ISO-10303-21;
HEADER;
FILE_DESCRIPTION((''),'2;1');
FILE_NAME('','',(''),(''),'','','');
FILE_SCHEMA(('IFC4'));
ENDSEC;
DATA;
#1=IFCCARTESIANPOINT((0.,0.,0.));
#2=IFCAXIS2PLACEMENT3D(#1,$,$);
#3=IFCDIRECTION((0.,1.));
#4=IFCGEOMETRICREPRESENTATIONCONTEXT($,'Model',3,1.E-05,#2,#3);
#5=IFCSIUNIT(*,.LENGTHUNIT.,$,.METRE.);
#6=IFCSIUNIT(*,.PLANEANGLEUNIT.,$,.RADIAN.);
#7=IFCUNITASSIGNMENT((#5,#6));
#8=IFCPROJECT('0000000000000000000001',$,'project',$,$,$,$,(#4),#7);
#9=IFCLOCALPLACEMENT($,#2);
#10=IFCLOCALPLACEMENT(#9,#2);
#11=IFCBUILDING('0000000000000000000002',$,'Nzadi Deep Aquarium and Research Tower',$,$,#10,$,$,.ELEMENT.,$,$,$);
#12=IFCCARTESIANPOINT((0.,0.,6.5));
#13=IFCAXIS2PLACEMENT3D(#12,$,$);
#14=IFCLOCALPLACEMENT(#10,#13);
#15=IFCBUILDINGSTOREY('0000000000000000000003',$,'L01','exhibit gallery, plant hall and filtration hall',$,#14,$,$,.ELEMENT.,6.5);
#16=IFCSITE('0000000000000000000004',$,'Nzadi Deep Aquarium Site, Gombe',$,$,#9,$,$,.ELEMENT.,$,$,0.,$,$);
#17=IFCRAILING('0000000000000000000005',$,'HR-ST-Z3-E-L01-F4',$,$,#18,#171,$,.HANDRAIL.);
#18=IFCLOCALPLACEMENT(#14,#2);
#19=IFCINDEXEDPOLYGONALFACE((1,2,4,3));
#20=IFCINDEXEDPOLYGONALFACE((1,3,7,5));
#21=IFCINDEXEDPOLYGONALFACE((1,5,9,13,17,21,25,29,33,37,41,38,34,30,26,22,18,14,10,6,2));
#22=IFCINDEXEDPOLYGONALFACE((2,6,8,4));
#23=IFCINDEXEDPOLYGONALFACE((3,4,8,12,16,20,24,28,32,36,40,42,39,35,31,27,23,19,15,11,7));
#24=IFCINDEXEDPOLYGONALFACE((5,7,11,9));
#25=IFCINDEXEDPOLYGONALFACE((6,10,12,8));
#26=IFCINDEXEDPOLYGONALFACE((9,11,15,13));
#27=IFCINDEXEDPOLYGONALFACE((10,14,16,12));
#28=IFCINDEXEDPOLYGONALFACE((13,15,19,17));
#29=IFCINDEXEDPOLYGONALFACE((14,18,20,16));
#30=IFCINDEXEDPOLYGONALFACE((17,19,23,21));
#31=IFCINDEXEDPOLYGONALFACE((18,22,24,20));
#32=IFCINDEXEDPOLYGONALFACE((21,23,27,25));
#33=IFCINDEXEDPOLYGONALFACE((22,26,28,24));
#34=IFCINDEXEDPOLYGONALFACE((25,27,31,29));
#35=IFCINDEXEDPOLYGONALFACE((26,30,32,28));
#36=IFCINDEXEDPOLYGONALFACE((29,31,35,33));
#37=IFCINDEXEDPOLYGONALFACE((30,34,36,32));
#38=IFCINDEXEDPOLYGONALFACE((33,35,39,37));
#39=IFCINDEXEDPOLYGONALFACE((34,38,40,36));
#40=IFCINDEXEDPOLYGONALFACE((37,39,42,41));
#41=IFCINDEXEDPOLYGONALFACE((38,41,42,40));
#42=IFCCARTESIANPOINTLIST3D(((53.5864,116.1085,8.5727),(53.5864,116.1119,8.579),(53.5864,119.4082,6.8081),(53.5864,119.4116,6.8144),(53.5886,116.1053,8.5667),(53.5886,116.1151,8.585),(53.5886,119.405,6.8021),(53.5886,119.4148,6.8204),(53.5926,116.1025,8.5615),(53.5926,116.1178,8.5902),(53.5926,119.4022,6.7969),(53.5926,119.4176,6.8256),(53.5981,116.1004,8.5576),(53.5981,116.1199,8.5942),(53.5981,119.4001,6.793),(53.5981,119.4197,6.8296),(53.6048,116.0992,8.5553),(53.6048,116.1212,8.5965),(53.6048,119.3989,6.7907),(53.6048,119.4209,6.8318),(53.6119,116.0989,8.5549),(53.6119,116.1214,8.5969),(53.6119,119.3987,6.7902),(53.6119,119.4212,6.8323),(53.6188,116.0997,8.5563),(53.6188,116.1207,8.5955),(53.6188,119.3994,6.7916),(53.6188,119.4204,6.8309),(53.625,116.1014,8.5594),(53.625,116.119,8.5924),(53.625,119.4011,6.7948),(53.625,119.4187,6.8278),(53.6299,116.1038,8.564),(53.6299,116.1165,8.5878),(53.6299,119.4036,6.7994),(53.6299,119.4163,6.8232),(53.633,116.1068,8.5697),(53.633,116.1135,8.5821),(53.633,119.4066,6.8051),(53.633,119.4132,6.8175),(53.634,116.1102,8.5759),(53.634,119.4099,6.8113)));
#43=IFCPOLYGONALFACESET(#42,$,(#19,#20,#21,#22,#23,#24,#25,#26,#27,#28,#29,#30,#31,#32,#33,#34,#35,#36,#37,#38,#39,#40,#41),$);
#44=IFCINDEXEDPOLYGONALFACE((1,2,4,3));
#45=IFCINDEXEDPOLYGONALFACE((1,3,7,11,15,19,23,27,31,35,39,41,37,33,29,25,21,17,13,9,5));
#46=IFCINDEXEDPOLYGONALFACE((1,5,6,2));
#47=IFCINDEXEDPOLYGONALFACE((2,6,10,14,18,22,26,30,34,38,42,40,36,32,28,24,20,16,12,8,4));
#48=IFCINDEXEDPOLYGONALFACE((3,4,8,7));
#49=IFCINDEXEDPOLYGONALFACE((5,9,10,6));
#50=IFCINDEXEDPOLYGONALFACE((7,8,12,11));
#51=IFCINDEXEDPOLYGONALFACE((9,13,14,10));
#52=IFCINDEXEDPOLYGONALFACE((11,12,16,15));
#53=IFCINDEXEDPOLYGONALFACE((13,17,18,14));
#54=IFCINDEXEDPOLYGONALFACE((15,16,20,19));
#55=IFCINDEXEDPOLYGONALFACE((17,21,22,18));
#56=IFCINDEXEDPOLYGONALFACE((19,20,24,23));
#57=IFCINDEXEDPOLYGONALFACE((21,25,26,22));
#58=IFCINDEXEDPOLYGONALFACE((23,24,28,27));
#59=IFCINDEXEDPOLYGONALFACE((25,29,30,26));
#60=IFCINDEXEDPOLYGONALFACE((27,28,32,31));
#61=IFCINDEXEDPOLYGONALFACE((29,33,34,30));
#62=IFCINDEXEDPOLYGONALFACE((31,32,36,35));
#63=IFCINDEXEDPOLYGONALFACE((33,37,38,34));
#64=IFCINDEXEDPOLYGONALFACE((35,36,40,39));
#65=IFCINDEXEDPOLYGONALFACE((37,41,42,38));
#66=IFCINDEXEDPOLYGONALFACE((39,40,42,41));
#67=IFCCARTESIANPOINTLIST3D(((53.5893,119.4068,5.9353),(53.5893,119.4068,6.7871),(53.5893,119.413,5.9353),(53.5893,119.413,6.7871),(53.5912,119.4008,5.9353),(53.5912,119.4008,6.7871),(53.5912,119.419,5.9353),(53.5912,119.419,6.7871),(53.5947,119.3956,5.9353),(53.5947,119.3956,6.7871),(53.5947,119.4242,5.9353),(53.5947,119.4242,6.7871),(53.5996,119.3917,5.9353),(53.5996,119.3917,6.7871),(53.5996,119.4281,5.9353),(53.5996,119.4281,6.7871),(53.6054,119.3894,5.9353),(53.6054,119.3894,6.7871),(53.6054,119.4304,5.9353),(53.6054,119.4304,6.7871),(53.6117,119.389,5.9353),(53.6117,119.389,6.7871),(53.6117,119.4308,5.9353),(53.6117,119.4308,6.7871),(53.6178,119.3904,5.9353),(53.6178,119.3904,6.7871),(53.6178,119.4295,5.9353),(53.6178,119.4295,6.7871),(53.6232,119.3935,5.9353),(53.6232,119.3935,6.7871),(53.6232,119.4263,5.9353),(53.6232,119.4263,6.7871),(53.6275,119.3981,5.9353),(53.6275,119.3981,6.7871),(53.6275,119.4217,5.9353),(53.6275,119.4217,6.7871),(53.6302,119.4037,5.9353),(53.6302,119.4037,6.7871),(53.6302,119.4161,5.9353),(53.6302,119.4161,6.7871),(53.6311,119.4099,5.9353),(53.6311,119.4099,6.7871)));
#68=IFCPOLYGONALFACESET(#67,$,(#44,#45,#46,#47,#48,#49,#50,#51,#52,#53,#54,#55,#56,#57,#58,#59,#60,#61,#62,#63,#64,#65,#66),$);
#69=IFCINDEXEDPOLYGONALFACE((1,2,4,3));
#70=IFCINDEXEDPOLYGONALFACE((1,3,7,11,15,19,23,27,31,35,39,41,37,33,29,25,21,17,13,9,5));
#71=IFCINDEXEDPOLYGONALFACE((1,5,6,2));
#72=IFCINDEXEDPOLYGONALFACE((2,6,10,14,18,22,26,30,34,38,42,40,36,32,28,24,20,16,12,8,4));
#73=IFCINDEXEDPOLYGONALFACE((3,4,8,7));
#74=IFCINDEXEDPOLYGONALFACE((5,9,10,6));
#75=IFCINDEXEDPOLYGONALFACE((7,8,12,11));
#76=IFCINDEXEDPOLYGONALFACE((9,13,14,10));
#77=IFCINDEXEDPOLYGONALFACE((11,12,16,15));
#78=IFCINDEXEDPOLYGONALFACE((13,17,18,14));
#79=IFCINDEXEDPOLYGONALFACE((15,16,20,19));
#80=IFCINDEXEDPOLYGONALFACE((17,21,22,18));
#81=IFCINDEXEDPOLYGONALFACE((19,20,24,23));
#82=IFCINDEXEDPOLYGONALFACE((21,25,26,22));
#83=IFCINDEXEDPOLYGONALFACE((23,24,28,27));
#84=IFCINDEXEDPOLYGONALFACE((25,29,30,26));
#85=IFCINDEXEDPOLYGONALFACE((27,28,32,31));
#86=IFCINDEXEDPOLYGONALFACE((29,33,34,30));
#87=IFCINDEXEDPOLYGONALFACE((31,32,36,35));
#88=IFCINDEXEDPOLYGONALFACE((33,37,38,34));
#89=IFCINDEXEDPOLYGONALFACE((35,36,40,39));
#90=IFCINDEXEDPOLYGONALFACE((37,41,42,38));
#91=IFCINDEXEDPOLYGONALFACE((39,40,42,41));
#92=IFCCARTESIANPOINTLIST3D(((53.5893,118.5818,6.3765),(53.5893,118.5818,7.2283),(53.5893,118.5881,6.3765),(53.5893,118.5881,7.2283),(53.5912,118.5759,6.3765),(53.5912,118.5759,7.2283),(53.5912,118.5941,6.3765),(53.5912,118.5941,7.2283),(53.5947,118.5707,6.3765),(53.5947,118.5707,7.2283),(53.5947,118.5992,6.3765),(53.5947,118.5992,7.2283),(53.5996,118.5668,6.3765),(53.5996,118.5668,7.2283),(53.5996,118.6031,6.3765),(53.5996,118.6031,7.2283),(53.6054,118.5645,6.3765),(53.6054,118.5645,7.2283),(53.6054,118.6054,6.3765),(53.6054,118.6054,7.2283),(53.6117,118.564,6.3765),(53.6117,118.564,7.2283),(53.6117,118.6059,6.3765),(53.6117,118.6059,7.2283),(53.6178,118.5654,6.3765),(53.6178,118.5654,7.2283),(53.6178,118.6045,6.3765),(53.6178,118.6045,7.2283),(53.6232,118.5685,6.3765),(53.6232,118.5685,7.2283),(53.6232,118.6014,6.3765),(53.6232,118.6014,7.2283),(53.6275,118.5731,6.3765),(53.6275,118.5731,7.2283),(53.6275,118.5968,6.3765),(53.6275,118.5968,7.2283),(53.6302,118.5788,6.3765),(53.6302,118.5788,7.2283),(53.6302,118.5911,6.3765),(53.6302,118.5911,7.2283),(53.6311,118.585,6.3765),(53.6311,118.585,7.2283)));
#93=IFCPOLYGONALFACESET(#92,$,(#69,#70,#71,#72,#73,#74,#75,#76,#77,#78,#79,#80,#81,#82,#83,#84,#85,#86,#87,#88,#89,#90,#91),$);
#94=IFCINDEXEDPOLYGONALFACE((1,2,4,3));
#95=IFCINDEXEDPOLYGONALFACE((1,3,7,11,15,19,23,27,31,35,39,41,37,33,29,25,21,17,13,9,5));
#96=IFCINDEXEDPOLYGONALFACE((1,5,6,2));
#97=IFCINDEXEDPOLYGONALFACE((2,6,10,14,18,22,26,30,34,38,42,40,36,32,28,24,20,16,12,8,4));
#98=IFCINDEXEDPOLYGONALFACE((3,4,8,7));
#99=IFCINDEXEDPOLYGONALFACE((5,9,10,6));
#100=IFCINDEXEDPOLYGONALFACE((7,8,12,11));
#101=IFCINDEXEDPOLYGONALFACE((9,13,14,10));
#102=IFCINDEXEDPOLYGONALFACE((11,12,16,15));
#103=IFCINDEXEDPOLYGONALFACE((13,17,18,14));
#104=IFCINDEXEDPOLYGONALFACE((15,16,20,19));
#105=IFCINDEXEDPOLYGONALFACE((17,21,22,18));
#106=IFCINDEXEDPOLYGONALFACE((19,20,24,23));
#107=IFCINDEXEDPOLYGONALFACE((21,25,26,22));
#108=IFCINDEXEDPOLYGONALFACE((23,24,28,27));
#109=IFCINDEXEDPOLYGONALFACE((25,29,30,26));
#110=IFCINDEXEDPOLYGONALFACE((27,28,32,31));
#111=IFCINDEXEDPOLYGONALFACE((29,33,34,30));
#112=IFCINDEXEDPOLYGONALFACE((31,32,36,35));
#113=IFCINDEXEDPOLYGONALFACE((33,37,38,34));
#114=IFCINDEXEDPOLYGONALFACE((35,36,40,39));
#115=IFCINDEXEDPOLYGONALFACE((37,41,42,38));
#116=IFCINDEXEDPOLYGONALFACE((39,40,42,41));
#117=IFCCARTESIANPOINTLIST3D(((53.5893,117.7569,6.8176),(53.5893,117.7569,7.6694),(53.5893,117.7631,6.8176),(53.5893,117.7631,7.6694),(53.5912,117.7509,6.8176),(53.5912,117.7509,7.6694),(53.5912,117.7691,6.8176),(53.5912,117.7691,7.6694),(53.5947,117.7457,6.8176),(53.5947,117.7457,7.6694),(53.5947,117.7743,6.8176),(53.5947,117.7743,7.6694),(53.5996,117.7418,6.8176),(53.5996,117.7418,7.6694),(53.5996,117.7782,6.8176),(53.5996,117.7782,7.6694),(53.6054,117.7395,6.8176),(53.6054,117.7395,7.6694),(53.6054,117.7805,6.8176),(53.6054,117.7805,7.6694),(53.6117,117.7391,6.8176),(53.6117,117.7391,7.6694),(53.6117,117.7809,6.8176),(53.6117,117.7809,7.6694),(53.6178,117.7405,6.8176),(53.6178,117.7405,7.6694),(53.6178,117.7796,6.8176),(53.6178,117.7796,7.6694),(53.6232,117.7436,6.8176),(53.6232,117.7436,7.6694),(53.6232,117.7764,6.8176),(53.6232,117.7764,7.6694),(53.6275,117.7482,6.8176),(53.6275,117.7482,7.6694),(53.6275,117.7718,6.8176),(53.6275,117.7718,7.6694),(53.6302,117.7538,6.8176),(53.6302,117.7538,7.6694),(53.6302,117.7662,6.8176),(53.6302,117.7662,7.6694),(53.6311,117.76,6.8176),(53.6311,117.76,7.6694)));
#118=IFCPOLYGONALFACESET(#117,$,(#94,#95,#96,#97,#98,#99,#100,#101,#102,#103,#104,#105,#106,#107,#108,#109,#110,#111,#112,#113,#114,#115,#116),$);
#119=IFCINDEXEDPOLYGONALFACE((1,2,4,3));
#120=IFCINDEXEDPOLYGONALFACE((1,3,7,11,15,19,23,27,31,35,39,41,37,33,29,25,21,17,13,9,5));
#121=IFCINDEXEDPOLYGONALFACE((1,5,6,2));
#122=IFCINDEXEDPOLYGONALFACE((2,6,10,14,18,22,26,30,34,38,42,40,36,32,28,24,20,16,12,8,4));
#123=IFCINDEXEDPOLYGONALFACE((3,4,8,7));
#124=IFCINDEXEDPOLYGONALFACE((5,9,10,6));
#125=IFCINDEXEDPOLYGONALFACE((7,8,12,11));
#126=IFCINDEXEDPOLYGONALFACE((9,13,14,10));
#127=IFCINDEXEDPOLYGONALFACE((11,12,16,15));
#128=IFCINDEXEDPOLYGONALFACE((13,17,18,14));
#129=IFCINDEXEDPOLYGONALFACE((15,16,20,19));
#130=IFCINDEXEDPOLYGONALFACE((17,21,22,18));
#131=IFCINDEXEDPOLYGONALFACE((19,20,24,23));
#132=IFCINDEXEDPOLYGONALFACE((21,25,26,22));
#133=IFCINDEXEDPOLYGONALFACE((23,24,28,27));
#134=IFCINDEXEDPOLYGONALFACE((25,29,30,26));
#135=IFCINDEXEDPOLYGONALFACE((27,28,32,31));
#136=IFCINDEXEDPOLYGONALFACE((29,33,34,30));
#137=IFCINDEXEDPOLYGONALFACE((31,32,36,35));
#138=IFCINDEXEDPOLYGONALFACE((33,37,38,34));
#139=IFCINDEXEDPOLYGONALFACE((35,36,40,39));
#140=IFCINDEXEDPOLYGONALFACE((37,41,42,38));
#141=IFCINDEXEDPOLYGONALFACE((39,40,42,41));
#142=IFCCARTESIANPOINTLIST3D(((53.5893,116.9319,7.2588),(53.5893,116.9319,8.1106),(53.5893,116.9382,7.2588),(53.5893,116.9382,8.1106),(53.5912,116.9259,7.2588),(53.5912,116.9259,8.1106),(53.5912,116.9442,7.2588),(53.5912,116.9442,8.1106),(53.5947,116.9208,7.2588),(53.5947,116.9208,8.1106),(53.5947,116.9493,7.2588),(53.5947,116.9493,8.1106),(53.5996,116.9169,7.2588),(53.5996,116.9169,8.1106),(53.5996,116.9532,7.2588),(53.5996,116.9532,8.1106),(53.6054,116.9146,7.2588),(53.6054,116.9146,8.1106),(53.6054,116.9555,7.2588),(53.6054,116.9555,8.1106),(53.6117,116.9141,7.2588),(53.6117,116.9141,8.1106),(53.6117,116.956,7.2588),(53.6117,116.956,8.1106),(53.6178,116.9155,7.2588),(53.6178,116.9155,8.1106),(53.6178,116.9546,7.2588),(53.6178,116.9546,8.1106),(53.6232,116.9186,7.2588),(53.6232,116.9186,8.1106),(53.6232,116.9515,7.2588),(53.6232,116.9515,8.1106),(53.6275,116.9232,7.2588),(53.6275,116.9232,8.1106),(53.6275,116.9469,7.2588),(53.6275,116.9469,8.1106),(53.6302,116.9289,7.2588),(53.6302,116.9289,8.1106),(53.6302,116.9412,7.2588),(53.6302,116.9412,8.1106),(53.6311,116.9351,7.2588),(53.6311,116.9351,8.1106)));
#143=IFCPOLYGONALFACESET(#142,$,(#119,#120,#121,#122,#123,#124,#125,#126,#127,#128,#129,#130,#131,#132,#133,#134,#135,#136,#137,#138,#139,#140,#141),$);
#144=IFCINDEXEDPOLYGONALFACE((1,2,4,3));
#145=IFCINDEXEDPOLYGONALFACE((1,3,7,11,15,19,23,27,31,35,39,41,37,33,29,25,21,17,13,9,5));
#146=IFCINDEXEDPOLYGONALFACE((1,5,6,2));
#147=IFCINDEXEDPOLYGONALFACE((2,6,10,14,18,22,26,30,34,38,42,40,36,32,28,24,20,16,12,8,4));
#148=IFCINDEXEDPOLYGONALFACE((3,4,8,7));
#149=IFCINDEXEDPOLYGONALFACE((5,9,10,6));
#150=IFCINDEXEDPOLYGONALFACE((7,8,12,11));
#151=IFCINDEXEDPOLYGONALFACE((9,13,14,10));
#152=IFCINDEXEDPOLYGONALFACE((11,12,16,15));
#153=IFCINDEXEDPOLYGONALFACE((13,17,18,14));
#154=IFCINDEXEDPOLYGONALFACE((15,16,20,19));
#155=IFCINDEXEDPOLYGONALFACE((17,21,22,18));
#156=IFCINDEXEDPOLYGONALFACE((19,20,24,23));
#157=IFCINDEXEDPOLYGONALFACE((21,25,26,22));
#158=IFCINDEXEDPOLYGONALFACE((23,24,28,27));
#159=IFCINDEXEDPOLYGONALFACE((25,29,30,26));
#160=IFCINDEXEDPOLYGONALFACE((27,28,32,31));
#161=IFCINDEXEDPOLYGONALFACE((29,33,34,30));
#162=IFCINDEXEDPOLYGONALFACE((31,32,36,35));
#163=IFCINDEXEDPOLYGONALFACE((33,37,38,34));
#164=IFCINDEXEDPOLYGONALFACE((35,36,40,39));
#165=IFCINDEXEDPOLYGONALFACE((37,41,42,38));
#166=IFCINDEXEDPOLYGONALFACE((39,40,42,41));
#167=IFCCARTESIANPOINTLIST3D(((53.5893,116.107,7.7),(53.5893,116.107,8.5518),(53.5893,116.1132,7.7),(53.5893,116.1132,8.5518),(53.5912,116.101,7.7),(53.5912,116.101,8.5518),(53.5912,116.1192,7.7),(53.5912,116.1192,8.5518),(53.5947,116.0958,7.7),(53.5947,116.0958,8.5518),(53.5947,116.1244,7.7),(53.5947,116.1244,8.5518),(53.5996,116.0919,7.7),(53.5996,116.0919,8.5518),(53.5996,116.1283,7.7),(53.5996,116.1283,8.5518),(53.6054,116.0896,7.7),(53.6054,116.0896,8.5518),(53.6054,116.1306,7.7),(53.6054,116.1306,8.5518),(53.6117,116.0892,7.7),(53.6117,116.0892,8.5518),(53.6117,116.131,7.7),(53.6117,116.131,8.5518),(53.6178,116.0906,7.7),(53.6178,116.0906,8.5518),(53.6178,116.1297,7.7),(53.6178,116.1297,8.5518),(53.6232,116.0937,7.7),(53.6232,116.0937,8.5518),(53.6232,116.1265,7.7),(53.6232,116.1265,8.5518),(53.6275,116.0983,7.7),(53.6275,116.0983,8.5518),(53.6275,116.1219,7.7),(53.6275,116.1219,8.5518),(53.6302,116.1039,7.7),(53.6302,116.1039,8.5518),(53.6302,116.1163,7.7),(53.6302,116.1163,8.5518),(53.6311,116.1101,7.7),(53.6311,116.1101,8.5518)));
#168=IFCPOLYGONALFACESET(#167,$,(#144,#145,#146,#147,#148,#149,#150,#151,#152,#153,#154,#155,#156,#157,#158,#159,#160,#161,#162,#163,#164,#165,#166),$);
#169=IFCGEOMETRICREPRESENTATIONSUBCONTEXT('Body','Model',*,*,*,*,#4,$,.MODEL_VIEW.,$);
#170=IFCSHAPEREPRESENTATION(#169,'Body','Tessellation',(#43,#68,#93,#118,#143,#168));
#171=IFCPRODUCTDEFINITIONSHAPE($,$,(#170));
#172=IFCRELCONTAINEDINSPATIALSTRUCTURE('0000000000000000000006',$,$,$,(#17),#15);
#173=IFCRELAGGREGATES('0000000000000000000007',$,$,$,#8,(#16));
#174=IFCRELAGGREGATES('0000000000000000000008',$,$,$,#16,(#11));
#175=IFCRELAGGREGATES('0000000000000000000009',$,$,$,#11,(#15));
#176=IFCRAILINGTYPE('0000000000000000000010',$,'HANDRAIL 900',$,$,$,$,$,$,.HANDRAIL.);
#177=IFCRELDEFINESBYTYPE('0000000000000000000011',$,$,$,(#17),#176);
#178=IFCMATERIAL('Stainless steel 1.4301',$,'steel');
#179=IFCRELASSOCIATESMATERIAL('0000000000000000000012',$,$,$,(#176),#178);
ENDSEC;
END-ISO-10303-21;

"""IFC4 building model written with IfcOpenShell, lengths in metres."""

from ifc_helpers import new_model, si_unit, direction, frame, origin, origin_2d, place, context, subcontext, project, spatial, circle, extrude, material, type_object, element, save


model = new_model("IFC4")

# Units and contexts
model_context = context("Model", 3, precision=1e-05, world=origin(), true_north=direction((0.0, 1.0)))
body_context = subcontext(model_context, "Body", "Model", "MODEL_VIEW")
ifc_project = project(units=[si_unit("LENGTHUNIT", "METRE"), si_unit("PLANEANGLEUNIT", "RADIAN")], contexts=[model_context])

# Site, building, storey
site_placement = place(None, origin())
site = spatial("IfcSite", under=ifc_project, at=site_placement, Name="Nzadi Deep Aquarium Site, Gombe", CompositionType="ELEMENT", RefElevation=0.0)
building_placement = place(site_placement, origin())
building = spatial("IfcBuilding", under=site, at=building_placement, Name="Nzadi Deep Aquarium and Research Tower", CompositionType="ELEMENT")
storey_placement = place(building_placement, frame((0.0, 0.0, 6.5)))
storey = spatial("IfcBuildingStorey", under=building, at=storey_placement, Name="L01", Description="exhibit gallery, plant hall and filtration hall", CompositionType="ELEMENT", Elevation=6.5)

# Railing
ifc_material_1 = material(Name="Stainless steel 1.4301", Category="steel")
railing_type = type_object("IfcRailingType", Name="HANDRAIL 900", PredefinedType="HANDRAIL", material=ifc_material_1)
for number, where, name in (
    (1, (53.6101, 119.4099, 5.9353), "HR-ST-Z3-E-L01-F4"),
):
    element("IfcRailing", number, at=place(storey_placement, frame(where)), inside=storey, type_object=railing_type, Name=name, PredefinedType="HANDRAIL", context=body_context, shape_type="SweptSolid", body=[
        extrude(circle(Radius=0.0239, at=origin_2d()), frame((0.0, 0.0, 0.876), z_axis=(0.0, -0.881825, 0.471577), x_axis=(1.0, 0.0, 0.0)), (0.0, 0.0, 1.0), 3.7419),
        extrude(circle(Radius=0.021, at=origin_2d()), origin(), (0.0, 0.0, 1.0), 0.8518),
        extrude(circle(Radius=0.021, at=origin_2d()), frame((0.0, -0.825, 0.4412)), (0.0, 0.0, 1.0), 0.8518),
        extrude(circle(Radius=0.021, at=origin_2d()), frame((0.0, -1.6499, 0.8823)), (0.0, 0.0, 1.0), 0.8518),
        extrude(circle(Radius=0.021, at=origin_2d()), frame((0.0, -2.4749, 1.3235)), (0.0, 0.0, 1.0), 0.8518),
        extrude(circle(Radius=0.021, at=origin_2d()), frame((0.0, -3.2998, 1.7646)), (0.0, 0.0, 1.0), 0.8518),
    ])

save(model, "model.ifc")
